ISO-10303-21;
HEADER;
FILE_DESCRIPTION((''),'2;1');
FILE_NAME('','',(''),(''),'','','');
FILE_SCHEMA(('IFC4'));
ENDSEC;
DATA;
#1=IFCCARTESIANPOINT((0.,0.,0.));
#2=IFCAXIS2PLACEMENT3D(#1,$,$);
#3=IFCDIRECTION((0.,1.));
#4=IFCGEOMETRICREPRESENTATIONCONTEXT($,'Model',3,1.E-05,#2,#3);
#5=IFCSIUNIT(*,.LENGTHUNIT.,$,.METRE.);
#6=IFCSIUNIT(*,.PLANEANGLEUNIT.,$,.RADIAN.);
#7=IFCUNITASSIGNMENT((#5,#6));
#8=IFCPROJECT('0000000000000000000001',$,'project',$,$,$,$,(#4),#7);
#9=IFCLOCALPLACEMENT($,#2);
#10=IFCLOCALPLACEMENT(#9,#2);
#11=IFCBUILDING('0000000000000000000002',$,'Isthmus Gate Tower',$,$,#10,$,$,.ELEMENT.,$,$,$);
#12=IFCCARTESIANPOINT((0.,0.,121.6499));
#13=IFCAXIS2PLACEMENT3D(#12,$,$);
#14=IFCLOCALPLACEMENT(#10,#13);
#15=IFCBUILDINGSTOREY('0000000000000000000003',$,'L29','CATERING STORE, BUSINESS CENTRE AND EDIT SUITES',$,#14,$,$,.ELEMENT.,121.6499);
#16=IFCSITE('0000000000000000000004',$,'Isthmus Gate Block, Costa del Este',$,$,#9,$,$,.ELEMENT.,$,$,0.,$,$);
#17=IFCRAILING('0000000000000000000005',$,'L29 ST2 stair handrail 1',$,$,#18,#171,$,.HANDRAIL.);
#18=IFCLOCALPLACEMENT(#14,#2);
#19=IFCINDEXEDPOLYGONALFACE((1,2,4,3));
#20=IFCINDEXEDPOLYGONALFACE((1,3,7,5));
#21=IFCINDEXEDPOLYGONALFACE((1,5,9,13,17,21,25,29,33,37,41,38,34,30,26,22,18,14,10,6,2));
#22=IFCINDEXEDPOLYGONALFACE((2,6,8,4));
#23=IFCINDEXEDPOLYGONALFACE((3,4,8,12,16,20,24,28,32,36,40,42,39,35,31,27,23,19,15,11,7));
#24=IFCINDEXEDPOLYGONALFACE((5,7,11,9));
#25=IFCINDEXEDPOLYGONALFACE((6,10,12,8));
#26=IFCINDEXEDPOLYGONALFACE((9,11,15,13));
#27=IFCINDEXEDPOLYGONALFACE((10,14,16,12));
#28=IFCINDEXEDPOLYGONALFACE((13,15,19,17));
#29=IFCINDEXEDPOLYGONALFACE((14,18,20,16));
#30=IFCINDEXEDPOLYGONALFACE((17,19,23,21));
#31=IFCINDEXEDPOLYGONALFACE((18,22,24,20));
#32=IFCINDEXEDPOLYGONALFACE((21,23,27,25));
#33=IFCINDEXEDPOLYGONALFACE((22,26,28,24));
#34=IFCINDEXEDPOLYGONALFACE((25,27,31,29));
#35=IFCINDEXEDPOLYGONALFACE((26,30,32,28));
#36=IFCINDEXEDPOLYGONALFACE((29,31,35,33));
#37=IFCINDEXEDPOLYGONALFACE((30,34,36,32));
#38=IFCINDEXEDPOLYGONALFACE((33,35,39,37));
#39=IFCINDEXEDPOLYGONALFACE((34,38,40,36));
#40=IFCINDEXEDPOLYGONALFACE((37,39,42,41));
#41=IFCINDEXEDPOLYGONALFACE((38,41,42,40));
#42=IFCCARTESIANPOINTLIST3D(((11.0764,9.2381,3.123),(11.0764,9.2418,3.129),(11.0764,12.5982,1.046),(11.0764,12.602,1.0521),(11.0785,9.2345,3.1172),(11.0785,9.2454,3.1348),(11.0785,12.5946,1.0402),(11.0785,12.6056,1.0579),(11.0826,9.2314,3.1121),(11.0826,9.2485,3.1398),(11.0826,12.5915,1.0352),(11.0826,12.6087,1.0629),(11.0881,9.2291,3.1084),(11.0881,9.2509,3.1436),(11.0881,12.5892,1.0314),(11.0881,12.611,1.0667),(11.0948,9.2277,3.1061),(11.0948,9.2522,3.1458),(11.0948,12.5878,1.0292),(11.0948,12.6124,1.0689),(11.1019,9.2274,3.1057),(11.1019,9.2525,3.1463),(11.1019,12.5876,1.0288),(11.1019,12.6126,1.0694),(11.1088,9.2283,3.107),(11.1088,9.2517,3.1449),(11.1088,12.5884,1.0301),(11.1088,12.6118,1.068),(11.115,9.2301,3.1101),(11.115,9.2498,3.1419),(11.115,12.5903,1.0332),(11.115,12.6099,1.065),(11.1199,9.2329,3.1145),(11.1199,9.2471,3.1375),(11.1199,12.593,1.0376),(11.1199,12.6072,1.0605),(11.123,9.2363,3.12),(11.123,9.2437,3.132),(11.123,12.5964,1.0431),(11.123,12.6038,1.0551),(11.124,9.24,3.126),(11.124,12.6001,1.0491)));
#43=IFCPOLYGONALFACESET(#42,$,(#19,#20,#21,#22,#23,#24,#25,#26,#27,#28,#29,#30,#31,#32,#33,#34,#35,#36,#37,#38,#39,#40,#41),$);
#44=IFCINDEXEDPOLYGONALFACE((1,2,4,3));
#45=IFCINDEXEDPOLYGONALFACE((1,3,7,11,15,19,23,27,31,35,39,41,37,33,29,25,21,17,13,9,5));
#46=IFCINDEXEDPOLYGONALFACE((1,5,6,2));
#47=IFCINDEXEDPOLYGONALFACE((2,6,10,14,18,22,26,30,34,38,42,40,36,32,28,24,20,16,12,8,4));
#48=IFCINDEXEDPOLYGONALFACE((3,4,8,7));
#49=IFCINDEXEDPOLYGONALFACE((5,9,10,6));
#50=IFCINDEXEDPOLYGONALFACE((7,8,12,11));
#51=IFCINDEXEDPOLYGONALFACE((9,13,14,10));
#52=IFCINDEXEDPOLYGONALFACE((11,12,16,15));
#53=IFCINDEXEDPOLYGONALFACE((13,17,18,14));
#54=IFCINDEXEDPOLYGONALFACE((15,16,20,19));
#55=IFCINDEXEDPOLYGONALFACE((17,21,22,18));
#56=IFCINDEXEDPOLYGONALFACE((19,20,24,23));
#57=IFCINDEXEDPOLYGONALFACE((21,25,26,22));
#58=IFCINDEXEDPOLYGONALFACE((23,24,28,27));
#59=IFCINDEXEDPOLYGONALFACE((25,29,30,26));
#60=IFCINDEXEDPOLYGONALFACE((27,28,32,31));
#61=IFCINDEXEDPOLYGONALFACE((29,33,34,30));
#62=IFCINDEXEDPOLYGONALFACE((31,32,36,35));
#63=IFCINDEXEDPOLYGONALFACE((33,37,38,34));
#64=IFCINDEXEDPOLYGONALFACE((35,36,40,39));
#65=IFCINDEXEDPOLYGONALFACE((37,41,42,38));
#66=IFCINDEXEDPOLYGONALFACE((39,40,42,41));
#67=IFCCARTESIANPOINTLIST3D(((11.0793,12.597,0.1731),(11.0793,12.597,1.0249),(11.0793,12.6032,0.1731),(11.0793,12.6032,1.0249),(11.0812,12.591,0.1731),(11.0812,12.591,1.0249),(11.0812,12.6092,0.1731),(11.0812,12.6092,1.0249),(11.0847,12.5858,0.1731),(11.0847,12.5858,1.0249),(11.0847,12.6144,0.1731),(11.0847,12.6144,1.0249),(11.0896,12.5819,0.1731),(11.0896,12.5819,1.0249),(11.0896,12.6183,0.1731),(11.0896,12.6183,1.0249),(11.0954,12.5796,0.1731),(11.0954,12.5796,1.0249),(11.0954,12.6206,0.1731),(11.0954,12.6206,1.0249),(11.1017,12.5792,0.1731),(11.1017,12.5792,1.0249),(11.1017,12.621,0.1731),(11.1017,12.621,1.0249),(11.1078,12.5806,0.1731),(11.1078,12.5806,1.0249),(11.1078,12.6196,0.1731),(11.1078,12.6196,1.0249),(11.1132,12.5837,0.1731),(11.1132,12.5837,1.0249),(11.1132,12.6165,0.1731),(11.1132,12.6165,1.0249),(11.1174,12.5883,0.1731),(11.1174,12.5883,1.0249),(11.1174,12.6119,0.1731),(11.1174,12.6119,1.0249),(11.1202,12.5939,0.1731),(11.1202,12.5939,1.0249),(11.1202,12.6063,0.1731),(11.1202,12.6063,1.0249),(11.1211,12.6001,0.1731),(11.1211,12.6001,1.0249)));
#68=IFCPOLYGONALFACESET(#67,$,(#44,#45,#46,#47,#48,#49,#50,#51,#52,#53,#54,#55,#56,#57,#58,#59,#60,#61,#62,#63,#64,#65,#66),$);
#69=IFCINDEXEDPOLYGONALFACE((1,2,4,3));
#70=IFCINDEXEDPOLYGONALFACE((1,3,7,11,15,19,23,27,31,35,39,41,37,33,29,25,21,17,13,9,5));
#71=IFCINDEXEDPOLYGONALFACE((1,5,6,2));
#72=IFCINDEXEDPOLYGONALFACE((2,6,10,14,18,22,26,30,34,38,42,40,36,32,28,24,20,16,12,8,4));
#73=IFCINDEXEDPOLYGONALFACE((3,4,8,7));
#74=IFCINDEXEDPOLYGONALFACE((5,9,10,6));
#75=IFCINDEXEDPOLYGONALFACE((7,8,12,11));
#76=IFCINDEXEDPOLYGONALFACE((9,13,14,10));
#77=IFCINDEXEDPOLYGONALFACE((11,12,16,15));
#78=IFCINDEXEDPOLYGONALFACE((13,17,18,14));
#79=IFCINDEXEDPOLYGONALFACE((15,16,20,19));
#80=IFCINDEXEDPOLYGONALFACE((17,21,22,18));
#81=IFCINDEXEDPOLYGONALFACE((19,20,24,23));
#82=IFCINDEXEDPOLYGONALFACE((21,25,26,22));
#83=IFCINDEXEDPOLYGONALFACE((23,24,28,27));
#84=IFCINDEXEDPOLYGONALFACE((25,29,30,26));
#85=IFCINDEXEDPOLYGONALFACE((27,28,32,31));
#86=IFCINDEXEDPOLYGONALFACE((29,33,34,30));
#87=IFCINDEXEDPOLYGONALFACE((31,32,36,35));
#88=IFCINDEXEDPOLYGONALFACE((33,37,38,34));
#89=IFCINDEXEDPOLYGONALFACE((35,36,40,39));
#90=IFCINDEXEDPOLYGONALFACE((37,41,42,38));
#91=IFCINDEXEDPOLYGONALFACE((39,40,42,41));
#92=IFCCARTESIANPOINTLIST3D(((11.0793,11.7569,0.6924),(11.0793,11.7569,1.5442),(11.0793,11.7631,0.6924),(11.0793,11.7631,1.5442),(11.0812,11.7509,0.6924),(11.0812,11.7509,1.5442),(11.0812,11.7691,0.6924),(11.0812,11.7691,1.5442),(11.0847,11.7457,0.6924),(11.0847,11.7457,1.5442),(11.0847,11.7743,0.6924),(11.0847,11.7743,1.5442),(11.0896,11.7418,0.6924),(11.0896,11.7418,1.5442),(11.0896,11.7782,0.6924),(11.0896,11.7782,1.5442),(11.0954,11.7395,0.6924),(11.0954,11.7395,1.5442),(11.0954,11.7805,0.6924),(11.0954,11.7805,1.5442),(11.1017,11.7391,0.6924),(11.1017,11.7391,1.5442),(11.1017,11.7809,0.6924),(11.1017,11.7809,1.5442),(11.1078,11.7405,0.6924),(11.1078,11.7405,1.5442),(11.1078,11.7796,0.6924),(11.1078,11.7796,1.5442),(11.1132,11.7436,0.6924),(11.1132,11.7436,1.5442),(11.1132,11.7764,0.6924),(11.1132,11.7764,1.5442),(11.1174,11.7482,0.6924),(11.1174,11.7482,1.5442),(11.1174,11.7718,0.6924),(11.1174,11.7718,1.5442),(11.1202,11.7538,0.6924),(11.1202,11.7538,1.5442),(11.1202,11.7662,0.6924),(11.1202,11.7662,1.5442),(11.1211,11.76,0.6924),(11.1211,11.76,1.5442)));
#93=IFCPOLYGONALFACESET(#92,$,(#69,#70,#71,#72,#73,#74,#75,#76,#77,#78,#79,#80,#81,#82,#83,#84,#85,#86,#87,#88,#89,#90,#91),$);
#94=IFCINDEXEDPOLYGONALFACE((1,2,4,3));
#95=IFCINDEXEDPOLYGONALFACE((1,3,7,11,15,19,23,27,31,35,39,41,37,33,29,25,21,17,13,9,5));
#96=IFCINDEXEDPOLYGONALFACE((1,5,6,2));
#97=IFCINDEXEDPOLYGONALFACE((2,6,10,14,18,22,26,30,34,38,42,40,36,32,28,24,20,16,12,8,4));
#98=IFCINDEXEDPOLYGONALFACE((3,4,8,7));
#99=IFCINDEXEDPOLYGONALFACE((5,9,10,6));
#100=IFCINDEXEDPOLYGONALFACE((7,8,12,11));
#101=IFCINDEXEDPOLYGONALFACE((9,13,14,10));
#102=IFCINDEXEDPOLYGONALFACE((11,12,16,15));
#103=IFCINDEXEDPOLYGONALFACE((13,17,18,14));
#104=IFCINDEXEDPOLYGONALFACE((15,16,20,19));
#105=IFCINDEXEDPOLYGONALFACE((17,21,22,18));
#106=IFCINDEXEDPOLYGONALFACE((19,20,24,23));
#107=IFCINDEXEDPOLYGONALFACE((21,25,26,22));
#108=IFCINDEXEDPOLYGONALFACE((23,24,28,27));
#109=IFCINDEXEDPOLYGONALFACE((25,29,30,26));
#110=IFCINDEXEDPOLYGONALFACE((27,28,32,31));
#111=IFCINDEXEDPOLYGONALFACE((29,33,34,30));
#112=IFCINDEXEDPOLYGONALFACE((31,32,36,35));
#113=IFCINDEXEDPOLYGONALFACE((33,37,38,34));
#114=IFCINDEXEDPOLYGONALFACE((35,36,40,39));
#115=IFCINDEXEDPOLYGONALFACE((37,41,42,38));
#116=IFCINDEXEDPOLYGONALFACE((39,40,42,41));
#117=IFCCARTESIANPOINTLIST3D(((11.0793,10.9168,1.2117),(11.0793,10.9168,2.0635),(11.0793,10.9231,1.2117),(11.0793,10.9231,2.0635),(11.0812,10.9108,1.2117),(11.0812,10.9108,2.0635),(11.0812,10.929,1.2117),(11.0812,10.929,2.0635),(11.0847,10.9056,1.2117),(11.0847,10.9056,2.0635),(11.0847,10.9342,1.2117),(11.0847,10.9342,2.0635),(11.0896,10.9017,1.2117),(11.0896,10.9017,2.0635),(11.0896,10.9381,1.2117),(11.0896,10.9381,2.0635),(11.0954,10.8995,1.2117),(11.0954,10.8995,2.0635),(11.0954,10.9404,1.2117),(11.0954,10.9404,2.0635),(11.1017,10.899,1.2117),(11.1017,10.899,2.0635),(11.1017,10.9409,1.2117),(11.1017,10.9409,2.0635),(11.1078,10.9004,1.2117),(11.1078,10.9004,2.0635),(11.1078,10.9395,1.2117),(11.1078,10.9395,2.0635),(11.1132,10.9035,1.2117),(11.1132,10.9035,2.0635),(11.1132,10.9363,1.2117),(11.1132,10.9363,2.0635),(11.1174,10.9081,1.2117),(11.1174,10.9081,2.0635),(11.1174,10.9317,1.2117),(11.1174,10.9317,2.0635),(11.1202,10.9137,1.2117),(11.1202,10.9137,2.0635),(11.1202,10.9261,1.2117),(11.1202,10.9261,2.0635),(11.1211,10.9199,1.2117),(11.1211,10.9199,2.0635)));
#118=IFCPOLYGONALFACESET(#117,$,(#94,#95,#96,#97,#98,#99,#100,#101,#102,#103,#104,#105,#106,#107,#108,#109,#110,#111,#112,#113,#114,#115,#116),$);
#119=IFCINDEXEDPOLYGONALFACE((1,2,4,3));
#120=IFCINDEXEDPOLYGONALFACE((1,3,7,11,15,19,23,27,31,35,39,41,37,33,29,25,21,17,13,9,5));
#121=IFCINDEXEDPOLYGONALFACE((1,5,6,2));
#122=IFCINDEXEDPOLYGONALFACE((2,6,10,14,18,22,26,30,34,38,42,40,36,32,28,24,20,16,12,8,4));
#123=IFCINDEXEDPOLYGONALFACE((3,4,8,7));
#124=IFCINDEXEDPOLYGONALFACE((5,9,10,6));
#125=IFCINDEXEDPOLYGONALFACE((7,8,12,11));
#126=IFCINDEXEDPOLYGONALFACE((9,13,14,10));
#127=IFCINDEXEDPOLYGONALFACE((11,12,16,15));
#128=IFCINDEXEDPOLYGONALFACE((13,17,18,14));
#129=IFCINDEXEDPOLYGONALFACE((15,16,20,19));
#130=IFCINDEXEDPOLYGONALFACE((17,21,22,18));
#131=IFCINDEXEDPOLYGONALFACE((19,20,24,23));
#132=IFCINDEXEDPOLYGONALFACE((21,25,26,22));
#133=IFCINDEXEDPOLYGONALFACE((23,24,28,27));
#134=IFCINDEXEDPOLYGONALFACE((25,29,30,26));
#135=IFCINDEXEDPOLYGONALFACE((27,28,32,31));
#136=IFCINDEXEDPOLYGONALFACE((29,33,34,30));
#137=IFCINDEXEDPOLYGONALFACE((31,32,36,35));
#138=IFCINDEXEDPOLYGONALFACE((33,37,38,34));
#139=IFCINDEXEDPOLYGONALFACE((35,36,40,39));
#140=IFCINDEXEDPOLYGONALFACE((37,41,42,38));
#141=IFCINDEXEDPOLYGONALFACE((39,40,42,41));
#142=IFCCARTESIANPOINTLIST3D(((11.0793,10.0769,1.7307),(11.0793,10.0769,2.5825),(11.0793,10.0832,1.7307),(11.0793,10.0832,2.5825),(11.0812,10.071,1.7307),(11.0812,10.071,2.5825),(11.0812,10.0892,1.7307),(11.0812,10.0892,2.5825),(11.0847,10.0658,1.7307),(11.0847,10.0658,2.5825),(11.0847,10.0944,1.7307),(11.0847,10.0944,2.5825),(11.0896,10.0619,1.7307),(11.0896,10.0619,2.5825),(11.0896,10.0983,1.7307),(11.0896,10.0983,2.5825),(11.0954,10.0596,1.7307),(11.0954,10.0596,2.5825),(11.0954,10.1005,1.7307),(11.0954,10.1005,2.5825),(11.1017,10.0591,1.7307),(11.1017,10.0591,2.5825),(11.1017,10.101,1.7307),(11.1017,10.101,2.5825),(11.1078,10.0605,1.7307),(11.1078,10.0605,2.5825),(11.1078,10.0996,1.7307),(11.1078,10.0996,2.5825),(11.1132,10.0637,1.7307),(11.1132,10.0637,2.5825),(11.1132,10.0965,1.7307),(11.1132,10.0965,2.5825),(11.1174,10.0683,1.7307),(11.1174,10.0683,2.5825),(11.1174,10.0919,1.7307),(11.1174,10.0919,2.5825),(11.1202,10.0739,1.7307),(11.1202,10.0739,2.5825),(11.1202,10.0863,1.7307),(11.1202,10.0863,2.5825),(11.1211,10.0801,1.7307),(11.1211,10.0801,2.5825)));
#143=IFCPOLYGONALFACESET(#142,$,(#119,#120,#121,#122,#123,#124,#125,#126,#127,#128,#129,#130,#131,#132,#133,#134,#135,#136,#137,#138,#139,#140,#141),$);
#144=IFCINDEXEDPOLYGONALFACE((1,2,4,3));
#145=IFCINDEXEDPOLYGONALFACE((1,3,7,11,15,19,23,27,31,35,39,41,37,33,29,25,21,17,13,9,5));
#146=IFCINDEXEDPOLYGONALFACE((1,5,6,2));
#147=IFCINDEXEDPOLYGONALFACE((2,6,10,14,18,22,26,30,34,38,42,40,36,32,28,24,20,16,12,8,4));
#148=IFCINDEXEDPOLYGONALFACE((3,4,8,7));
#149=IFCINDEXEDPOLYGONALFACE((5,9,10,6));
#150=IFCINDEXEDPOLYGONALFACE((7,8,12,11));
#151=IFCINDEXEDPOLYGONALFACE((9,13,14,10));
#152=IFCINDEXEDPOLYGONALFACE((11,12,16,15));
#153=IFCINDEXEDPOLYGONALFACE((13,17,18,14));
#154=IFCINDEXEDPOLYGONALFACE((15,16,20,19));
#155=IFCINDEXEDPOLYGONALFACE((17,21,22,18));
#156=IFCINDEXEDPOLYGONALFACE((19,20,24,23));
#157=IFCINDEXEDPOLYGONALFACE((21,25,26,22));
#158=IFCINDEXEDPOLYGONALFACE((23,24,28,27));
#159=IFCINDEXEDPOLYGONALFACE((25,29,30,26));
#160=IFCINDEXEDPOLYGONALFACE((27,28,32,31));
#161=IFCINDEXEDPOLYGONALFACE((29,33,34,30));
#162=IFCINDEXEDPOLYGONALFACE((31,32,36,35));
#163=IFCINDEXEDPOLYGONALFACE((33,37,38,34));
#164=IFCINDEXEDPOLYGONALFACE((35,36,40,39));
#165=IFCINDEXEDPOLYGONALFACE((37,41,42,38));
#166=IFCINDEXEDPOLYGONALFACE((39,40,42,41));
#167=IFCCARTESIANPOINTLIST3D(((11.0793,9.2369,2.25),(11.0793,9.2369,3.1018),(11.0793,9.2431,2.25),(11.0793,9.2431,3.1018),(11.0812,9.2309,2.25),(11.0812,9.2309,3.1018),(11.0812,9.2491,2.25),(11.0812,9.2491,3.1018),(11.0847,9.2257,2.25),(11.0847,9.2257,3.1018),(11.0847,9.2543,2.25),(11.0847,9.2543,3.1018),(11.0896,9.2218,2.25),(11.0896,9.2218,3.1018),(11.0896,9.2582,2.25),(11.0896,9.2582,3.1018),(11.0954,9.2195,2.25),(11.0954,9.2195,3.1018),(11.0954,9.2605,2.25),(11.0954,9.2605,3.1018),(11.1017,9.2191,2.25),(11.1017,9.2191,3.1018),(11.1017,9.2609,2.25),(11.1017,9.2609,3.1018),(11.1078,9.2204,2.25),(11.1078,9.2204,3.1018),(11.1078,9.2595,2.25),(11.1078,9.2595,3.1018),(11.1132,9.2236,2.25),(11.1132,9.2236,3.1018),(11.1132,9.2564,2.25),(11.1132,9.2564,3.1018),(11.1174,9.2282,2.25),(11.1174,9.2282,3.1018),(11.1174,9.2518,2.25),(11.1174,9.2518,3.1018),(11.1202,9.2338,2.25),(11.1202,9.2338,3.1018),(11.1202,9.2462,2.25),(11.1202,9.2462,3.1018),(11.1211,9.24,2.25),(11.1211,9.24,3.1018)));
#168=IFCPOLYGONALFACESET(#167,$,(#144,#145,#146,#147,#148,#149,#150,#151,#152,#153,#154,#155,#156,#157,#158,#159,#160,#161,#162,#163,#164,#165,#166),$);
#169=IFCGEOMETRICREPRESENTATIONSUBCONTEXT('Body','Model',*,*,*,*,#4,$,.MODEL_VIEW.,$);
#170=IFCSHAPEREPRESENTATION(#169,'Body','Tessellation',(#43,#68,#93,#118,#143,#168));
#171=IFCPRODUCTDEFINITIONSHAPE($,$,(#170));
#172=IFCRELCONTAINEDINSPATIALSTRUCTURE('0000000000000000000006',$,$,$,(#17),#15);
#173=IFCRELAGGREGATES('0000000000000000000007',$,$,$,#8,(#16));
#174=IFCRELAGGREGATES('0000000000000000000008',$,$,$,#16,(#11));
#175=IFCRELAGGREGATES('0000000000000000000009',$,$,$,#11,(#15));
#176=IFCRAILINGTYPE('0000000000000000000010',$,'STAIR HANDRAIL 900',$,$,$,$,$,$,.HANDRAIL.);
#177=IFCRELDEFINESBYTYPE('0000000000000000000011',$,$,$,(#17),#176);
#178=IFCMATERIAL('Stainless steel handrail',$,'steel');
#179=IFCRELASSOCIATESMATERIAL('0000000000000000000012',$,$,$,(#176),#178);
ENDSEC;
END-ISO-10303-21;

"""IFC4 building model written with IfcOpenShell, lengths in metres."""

from ifc_helpers import new_model, si_unit, direction, frame, origin, origin_2d, place, context, subcontext, project, spatial, circle, extrude, material, type_object, element, save


model = new_model("IFC4")

# Units and contexts
model_context = context("Model", 3, precision=1e-05, world=origin(), true_north=direction((0.0, 1.0)))
body_context = subcontext(model_context, "Body", "Model", "MODEL_VIEW")
ifc_project = project(units=[si_unit("LENGTHUNIT", "METRE"), si_unit("PLANEANGLEUNIT", "RADIAN")], contexts=[model_context])

# Site, building, storey
site_placement = place(None, origin())
site = spatial("IfcSite", under=ifc_project, at=site_placement, Name="Isthmus Gate Block, Costa del Este", CompositionType="ELEMENT", RefElevation=0.0)
building_placement = place(site_placement, origin())
building = spatial("IfcBuilding", under=site, at=building_placement, Name="Isthmus Gate Tower", CompositionType="ELEMENT")
storey_placement = place(building_placement, frame((0.0, 0.0, 121.6499)))
storey = spatial("IfcBuildingStorey", under=building, at=storey_placement, Name="L29", Description="CATERING STORE, BUSINESS CENTRE AND EDIT SUITES", CompositionType="ELEMENT", Elevation=121.6499)

# Railing
ifc_material_1 = material(Name="Stainless steel handrail", Category="steel")
railing_type_1 = type_object("IfcRailingType", Name="STAIR HANDRAIL 900", PredefinedType="HANDRAIL", material=ifc_material_1)
railing_1_placement = place(storey_placement, frame((11.1001, 12.6001, 0.1731)))
element("IfcRailing", 1, at=railing_1_placement, inside=storey, type_object=railing_type_1, Name="L29 ST2 stair handrail 1", PredefinedType="HANDRAIL", context=body_context, shape_type="SweptSolid", body=[
    extrude(circle(Radius=0.0239, at=origin_2d()), frame((0.0, 0.0, 0.876), z_axis=(0.0, -0.850623, 0.525776), x_axis=(1.0, 0.0, 0.0)), (0.0, 0.0, 1.0), 3.9502),
    extrude(circle(Radius=0.021, at=origin_2d()), origin(), (0.0, 0.0, 1.0), 0.8518),
    extrude(circle(Radius=0.021, at=origin_2d()), frame((0.0, -0.8401, 0.5193)), (0.0, 0.0, 1.0), 0.8518),
    extrude(circle(Radius=0.021, at=origin_2d()), frame((0.0, -1.6802, 1.0386)), (0.0, 0.0, 1.0), 0.8518),
    extrude(circle(Radius=0.021, at=origin_2d()), frame((0.0, -2.52, 1.5576)), (0.0, 0.0, 1.0), 0.8518),
    extrude(circle(Radius=0.021, at=origin_2d()), frame((0.0, -3.3601, 2.0769)), (0.0, 0.0, 1.0), 0.8518),
])

save(model, "model.ifc")
